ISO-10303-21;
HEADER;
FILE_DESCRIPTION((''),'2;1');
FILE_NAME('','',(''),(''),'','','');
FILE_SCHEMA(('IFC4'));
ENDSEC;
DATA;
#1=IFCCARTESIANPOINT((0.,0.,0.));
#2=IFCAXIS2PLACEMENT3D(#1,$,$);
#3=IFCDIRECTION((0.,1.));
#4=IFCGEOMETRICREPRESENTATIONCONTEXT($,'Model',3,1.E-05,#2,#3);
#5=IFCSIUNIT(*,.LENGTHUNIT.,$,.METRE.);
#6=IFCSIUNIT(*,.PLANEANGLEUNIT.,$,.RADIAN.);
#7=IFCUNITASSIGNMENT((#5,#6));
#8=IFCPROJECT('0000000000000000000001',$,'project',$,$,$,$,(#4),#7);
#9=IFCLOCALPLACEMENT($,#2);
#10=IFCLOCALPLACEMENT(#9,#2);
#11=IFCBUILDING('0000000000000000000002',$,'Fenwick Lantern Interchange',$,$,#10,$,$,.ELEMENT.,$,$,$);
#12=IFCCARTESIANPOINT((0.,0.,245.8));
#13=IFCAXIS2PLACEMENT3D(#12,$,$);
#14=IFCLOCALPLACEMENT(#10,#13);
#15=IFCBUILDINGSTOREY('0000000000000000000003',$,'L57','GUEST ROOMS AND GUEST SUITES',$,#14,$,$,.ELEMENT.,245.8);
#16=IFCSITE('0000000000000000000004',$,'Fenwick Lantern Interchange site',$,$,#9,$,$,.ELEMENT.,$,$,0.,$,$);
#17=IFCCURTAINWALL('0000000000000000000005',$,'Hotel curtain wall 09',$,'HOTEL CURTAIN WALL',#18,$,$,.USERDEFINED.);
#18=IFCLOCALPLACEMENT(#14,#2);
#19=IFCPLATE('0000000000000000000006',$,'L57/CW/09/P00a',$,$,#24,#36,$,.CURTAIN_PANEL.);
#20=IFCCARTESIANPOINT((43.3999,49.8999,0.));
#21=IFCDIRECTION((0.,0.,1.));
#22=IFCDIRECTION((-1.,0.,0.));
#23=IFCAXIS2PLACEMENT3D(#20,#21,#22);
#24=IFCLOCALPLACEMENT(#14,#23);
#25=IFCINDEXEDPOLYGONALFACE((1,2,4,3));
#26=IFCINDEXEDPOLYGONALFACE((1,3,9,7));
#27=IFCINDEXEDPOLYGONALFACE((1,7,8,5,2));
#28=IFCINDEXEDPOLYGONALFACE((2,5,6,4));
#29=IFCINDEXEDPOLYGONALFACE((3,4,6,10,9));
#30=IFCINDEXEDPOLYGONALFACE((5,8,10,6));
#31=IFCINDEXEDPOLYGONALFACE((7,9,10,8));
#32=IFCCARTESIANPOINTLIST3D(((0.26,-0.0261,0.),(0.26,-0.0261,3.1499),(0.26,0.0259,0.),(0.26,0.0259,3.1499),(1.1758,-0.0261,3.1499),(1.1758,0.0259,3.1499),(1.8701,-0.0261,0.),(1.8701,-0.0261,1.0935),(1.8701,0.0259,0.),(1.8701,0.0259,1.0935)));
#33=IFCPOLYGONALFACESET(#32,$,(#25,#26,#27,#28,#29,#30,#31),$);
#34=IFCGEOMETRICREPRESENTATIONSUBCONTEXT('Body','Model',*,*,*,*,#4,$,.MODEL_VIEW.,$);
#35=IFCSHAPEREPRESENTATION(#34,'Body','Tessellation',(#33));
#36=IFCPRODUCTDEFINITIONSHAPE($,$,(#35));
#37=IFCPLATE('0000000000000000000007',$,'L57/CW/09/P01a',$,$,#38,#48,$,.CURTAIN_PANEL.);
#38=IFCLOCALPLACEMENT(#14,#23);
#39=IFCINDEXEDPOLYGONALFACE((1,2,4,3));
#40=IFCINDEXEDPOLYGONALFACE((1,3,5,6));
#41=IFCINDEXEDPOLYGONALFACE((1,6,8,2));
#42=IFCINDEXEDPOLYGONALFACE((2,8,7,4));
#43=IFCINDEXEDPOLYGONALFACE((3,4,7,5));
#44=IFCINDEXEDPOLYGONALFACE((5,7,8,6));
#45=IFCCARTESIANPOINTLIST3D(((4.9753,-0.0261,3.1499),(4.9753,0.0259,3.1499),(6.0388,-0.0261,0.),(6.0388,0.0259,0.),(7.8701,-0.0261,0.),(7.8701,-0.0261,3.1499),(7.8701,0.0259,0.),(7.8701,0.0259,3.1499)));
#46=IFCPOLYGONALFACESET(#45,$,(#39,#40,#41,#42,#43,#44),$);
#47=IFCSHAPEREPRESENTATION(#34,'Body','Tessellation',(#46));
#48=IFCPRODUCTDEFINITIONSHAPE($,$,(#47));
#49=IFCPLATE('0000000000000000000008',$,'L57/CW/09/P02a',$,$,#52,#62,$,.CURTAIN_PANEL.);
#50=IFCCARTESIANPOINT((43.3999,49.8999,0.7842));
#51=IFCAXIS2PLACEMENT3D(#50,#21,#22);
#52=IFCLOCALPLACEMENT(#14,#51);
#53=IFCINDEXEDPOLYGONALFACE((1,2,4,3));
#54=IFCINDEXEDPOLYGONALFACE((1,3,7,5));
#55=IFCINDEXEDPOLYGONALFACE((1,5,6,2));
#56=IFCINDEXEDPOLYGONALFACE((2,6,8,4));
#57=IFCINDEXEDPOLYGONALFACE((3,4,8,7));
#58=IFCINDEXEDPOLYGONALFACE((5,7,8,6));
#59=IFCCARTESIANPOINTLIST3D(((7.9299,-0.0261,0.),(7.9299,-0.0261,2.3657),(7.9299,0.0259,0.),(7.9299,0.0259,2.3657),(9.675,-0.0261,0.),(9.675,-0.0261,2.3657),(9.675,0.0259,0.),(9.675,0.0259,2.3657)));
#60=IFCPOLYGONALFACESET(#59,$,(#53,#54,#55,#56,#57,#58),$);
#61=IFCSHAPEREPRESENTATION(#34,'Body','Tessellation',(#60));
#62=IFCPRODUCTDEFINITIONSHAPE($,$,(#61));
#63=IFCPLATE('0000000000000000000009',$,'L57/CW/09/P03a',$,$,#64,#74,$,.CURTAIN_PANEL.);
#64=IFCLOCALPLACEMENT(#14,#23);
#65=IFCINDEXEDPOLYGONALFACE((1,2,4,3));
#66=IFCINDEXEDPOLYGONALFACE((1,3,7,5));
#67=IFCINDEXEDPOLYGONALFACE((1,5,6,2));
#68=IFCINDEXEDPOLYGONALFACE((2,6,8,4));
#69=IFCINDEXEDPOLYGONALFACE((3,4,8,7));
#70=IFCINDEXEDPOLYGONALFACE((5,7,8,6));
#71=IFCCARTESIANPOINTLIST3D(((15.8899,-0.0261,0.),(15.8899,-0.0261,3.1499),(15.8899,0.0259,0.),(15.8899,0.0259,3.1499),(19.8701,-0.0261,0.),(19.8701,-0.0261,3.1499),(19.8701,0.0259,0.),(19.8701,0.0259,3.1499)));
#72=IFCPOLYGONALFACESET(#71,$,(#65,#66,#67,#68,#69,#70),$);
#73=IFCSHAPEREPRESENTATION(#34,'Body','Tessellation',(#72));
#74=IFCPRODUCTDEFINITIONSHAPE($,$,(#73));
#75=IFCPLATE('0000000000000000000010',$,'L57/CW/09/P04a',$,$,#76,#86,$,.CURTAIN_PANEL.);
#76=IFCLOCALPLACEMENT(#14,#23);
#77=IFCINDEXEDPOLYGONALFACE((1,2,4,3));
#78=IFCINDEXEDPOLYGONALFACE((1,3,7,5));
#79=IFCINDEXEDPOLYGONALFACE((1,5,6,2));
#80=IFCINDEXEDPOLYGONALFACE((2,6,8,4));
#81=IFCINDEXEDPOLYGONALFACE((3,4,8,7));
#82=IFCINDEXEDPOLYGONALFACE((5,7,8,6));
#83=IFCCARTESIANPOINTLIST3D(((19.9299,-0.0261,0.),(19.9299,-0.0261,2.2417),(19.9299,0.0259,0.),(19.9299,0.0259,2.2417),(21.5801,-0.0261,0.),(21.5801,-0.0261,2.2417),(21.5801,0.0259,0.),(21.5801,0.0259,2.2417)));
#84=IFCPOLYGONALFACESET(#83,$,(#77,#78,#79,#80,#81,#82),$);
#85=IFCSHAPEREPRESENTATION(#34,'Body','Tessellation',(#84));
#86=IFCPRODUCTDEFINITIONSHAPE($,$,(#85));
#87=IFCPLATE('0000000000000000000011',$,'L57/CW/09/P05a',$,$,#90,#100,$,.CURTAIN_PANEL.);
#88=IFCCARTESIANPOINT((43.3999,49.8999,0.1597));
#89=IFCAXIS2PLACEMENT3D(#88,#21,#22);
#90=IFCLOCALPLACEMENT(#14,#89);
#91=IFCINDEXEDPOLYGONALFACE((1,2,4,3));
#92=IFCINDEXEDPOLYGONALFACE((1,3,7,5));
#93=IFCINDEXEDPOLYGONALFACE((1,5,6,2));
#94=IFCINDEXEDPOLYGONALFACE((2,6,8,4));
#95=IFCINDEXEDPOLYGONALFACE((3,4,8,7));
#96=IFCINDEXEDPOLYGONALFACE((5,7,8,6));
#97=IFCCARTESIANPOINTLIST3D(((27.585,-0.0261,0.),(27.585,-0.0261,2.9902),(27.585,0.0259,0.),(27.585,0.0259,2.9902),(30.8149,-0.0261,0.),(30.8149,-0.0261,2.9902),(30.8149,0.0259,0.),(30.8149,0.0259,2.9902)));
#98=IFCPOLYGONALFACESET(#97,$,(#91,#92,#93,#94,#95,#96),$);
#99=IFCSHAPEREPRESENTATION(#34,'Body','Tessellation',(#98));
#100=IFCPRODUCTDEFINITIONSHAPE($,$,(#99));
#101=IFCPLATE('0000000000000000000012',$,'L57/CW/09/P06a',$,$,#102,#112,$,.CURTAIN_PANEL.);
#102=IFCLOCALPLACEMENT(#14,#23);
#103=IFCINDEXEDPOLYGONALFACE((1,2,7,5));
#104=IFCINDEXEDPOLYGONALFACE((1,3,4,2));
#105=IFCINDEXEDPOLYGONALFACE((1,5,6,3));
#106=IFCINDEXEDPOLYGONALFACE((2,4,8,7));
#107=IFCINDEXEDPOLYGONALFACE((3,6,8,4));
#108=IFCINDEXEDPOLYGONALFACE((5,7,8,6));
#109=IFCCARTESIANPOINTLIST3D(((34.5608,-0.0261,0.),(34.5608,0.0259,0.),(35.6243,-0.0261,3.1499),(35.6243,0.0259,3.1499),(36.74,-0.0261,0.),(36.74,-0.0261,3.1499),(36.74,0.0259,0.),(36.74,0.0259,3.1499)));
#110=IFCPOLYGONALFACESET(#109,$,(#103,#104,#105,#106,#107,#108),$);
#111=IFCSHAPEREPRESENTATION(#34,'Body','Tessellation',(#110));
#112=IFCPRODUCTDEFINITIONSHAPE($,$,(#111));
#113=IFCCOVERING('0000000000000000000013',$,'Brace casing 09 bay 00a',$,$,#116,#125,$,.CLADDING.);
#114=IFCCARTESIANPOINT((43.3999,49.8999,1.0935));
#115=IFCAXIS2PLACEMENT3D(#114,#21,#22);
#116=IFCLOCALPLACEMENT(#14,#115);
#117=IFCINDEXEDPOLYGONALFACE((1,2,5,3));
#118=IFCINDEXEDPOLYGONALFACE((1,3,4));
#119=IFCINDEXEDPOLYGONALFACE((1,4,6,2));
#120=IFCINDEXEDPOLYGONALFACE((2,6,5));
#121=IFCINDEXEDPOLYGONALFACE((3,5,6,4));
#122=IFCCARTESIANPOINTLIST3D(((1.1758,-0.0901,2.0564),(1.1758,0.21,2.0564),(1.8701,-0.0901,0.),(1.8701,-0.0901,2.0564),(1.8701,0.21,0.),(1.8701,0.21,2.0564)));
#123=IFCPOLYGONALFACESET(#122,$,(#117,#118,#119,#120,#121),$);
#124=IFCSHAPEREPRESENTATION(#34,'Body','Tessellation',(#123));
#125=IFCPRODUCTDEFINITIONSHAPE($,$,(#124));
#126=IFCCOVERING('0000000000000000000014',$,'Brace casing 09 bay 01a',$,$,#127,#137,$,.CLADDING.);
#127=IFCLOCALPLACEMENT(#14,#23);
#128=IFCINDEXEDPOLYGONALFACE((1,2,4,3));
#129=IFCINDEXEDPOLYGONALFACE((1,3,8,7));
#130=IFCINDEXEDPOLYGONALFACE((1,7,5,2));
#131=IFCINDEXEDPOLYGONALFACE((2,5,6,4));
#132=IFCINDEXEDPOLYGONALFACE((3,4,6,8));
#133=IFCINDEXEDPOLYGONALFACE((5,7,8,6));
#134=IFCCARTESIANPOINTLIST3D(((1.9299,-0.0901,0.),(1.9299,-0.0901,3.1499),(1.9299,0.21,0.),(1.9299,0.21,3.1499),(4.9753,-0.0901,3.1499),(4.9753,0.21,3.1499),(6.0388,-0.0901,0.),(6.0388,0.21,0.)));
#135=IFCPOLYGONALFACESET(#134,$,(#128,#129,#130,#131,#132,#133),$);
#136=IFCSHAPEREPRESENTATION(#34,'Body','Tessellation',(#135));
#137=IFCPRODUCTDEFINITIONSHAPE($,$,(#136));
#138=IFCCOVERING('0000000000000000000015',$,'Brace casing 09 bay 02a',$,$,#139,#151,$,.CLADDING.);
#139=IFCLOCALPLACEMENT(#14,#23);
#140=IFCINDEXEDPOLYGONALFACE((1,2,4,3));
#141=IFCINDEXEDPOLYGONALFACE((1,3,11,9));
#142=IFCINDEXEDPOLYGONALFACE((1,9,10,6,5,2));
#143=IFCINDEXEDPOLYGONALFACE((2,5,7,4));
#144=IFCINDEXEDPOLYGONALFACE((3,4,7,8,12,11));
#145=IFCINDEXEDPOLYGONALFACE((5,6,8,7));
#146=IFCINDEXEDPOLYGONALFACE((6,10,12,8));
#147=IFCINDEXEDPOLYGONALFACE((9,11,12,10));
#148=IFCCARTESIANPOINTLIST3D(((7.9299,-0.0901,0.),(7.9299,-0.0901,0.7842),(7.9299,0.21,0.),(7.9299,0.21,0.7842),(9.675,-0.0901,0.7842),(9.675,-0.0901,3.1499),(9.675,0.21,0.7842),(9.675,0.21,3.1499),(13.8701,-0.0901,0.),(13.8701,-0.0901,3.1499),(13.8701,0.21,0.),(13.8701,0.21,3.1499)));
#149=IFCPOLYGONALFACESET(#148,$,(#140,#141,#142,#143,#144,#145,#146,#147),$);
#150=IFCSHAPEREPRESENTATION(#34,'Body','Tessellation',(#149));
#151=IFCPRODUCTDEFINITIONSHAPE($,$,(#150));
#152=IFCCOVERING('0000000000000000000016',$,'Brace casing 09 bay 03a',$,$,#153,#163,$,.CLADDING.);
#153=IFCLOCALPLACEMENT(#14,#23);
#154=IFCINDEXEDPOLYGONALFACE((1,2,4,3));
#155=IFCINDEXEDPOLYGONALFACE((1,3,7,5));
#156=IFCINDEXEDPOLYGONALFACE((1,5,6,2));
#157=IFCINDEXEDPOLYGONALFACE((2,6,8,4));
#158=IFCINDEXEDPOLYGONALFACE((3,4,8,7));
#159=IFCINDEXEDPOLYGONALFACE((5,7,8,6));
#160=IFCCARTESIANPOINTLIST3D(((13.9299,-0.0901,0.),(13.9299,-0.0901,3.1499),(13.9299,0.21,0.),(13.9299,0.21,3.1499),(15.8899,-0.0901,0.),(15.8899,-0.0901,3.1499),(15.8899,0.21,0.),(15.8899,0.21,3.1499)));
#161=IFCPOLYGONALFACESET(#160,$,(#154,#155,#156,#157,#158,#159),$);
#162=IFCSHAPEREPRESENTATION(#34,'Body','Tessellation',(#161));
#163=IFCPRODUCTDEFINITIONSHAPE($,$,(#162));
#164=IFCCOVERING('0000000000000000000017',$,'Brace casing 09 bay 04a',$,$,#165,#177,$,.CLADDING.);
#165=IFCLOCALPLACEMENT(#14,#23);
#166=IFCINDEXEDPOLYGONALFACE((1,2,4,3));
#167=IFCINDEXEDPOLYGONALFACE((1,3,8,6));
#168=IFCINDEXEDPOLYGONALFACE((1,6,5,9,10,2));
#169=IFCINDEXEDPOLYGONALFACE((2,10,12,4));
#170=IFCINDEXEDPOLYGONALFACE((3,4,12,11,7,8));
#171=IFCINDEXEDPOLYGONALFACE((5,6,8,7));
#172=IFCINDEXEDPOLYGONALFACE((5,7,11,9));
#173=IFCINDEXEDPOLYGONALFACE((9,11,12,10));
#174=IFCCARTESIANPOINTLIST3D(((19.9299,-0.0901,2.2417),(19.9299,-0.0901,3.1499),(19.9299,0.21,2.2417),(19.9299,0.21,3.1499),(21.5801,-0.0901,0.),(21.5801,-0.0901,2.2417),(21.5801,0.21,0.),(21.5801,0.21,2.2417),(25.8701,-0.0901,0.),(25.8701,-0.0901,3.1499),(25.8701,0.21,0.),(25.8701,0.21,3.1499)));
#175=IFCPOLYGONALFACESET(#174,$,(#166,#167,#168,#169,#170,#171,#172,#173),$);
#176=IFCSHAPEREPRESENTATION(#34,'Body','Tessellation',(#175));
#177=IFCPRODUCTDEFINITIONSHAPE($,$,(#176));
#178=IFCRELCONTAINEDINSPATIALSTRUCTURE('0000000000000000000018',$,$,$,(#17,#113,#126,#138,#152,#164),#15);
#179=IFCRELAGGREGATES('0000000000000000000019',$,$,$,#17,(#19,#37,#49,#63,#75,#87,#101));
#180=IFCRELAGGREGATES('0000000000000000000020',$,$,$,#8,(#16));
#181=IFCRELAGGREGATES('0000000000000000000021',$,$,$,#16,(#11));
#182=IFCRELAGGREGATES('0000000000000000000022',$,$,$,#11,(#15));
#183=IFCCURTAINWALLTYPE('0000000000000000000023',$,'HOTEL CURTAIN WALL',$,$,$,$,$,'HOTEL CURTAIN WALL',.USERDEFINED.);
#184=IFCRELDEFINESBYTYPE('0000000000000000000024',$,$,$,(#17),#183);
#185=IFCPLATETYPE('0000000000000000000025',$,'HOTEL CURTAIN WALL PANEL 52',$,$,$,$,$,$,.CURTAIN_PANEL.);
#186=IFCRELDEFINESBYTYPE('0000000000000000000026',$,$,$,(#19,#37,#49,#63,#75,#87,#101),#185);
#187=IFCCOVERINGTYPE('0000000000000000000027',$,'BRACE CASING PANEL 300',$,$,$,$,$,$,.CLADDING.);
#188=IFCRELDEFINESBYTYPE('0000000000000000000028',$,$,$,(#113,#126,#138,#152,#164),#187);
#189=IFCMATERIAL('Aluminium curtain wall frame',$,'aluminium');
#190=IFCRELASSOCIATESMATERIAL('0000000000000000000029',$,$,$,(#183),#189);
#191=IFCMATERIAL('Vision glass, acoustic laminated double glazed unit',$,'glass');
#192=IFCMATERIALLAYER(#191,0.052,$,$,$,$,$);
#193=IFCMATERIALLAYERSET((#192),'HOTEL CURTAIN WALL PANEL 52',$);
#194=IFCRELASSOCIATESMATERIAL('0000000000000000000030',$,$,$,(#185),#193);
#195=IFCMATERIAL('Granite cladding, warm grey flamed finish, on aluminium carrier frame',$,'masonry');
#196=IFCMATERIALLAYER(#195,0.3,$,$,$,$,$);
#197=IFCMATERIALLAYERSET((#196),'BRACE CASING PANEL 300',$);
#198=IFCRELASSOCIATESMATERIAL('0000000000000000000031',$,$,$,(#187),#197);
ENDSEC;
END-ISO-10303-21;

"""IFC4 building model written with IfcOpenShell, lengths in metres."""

from ifc_helpers import new_model, si_unit, direction, frame, origin, place, context, subcontext, project, spatial, polyline, outline, extrude, material, layer, layer_set, type_object, element, aggregate, save


model = new_model("IFC4")

# Units and contexts
model_context = context("Model", 3, precision=1e-05, world=origin(), true_north=direction((0.0, 1.0)))
body_context = subcontext(model_context, "Body", "Model", "MODEL_VIEW")
ifc_project = project(units=[si_unit("LENGTHUNIT", "METRE"), si_unit("PLANEANGLEUNIT", "RADIAN")], contexts=[model_context])

# Site, building, storey
site_placement = place(None, origin())
site = spatial("IfcSite", under=ifc_project, at=site_placement, Name="Fenwick Lantern Interchange site", CompositionType="ELEMENT", RefElevation=0.0)
building_placement = place(site_placement, origin())
building = spatial("IfcBuilding", under=site, at=building_placement, Name="Fenwick Lantern Interchange", CompositionType="ELEMENT")
storey_placement = place(building_placement, frame((0.0, 0.0, 245.8)))
storey = spatial("IfcBuildingStorey", under=building, at=storey_placement, Name="L57", Description="GUEST ROOMS AND GUEST SUITES", CompositionType="ELEMENT", Elevation=245.8)

# Curtain wall
ifc_material_1 = material(Name="Aluminium curtain wall frame", Category="aluminium")
curtain_wall_type = type_object("IfcCurtainWallType", Name="HOTEL CURTAIN WALL", ElementType="HOTEL CURTAIN WALL", PredefinedType="USERDEFINED", material=ifc_material_1)
curtain_wall_1_placement = place(storey_placement, origin())
curtain_wall_1 = element("IfcCurtainWall", 1, at=curtain_wall_1_placement, inside=storey, type_object=curtain_wall_type, Name="Hotel curtain wall 09", ObjectType="HOTEL CURTAIN WALL", PredefinedType="USERDEFINED")

# Plates
ifc_material_2 = material(Name="Vision glass, acoustic laminated double glazed unit", Category="glass")
ifc_layer_1 = layer(ifc_material_2, 0.052)
ifc_layer_set_1 = layer_set([ifc_layer_1], Name="HOTEL CURTAIN WALL PANEL 52")
plate_type = type_object("IfcPlateType", Name="HOTEL CURTAIN WALL PANEL 52", PredefinedType="CURTAIN_PANEL", material=ifc_layer_set_1)
plate_1_placement = place(storey_placement, frame((43.3999, 49.8999, 0.0), z_axis=(0.0, 0.0, 1.0), x_axis=(-1.0, 0.0, 0.0)))
plate_1 = element("IfcPlate", 2, at=plate_1_placement, type_object=plate_type, Name="L57/CW/09/P00a", PredefinedType="CURTAIN_PANEL", context=body_context, shape_type="SweptSolid", body=[
    extrude(outline(polyline([(0.26, 0.0), (1.8701, 0.0), (1.8701, 1.0935), (1.1758, 3.1499), (0.26, 3.1499), (0.26, 0.0)])), frame((0.0, 0.0259, 0.0), z_axis=(0.0, -1.0, 0.0), x_axis=(1.0, 0.0, 0.0)), (0.0, 0.0, 1.0), 0.052),
])
plate_2_placement = place(storey_placement, frame((43.3999, 49.8999, 0.0), z_axis=(0.0, 0.0, 1.0), x_axis=(-1.0, 0.0, 0.0)))
plate_2 = element("IfcPlate", 3, at=plate_2_placement, type_object=plate_type, Name="L57/CW/09/P01a", PredefinedType="CURTAIN_PANEL", context=body_context, shape_type="SweptSolid", body=[
    extrude(outline(polyline([(6.0388, 0.0), (7.8701, 0.0), (7.8701, 3.1499), (4.9753, 3.1499), (6.0388, 0.0)])), frame((0.0, 0.0259, 0.0), z_axis=(0.0, -1.0, 0.0), x_axis=(1.0, 0.0, 0.0)), (0.0, 0.0, 1.0), 0.052),
])
plate_3_placement = place(storey_placement, frame((43.3999, 49.8999, 0.7842), z_axis=(0.0, 0.0, 1.0), x_axis=(-1.0, 0.0, 0.0)))
plate_3 = element("IfcPlate", 4, at=plate_3_placement, type_object=plate_type, Name="L57/CW/09/P02a", PredefinedType="CURTAIN_PANEL", context=body_context, shape_type="SweptSolid", body=[
    extrude(outline(polyline([(7.9299, 0.0), (9.675, 0.0), (9.675, 2.3657), (7.9299, 2.3657), (7.9299, 0.0)])), frame((0.0, 0.0259, 0.0), z_axis=(0.0, -1.0, 0.0), x_axis=(1.0, 0.0, 0.0)), (0.0, 0.0, 1.0), 0.052),
])
plate_4_placement = place(storey_placement, frame((43.3999, 49.8999, 0.0), z_axis=(0.0, 0.0, 1.0), x_axis=(-1.0, 0.0, 0.0)))
plate_4 = element("IfcPlate", 5, at=plate_4_placement, type_object=plate_type, Name="L57/CW/09/P03a", PredefinedType="CURTAIN_PANEL", context=body_context, shape_type="SweptSolid", body=[
    extrude(outline(polyline([(15.8899, 0.0), (19.8701, 0.0), (19.8701, 3.1499), (15.8899, 3.1499), (15.8899, 0.0)])), frame((0.0, 0.0259, 0.0), z_axis=(0.0, -1.0, 0.0), x_axis=(1.0, 0.0, 0.0)), (0.0, 0.0, 1.0), 0.052),
])
plate_5_placement = place(storey_placement, frame((43.3999, 49.8999, 0.0), z_axis=(0.0, 0.0, 1.0), x_axis=(-1.0, 0.0, 0.0)))
plate_5 = element("IfcPlate", 6, at=plate_5_placement, type_object=plate_type, Name="L57/CW/09/P04a", PredefinedType="CURTAIN_PANEL", context=body_context, shape_type="SweptSolid", body=[
    extrude(outline(polyline([(19.9299, 0.0), (21.5801, 0.0), (21.5801, 2.2417), (19.9299, 2.2417), (19.9299, 0.0)])), frame((0.0, 0.0259, 0.0), z_axis=(0.0, -1.0, 0.0), x_axis=(1.0, 0.0, 0.0)), (0.0, 0.0, 1.0), 0.052),
])
plate_6_placement = place(storey_placement, frame((43.3999, 49.8999, 0.1597), z_axis=(0.0, 0.0, 1.0), x_axis=(-1.0, 0.0, 0.0)))
plate_6 = element("IfcPlate", 7, at=plate_6_placement, type_object=plate_type, Name="L57/CW/09/P05a", PredefinedType="CURTAIN_PANEL", context=body_context, shape_type="SweptSolid", body=[
    extrude(outline(polyline([(27.585, 0.0), (30.8149, 0.0), (30.8149, 2.9902), (27.585, 2.9902), (27.585, 0.0)])), frame((0.0, 0.0259, 0.0), z_axis=(0.0, -1.0, 0.0), x_axis=(1.0, 0.0, 0.0)), (0.0, 0.0, 1.0), 0.052),
])
plate_7_placement = place(storey_placement, frame((43.3999, 49.8999, 0.0), z_axis=(0.0, 0.0, 1.0), x_axis=(-1.0, 0.0, 0.0)))
plate_7 = element("IfcPlate", 8, at=plate_7_placement, type_object=plate_type, Name="L57/CW/09/P06a", PredefinedType="CURTAIN_PANEL", context=body_context, shape_type="SweptSolid", body=[
    extrude(outline(polyline([(34.5608, 0.0), (36.74, 0.0), (36.74, 3.1499), (35.6243, 3.1499), (34.5608, 0.0)])), frame((0.0, 0.0259, 0.0), z_axis=(0.0, -1.0, 0.0), x_axis=(1.0, 0.0, 0.0)), (0.0, 0.0, 1.0), 0.052),
])
aggregate(curtain_wall_1, [plate_1, plate_2, plate_3, plate_4, plate_5, plate_6, plate_7])

# Coverings
ifc_material_3 = material(Name="Granite cladding, warm grey flamed finish, on aluminium carrier frame", Category="masonry")
ifc_layer_2 = layer(ifc_material_3, 0.3)
ifc_layer_set_2 = layer_set([ifc_layer_2], Name="BRACE CASING PANEL 300")
covering_type = type_object("IfcCoveringType", Name="BRACE CASING PANEL 300", PredefinedType="CLADDING", material=ifc_layer_set_2)
covering_1_placement = place(storey_placement, frame((43.3999, 49.8999, 1.0935), z_axis=(0.0, 0.0, 1.0), x_axis=(-1.0, 0.0, 0.0)))
element("IfcCovering", 9, at=covering_1_placement, inside=storey, type_object=covering_type, Name="Brace casing 09 bay 00a", PredefinedType="CLADDING", context=body_context, shape_type="SweptSolid", body=[
    extrude(outline(polyline([(1.8701, 0.0), (1.8701, 2.0564), (1.1758, 2.0564), (1.8701, 0.0)])), frame((0.0, 0.21, 0.0), z_axis=(0.0, -1.0, 0.0), x_axis=(1.0, 0.0, 0.0)), (0.0, 0.0, 1.0), 0.3),
])
covering_2_placement = place(storey_placement, frame((43.3999, 49.8999, 0.0), z_axis=(0.0, 0.0, 1.0), x_axis=(-1.0, 0.0, 0.0)))
element("IfcCovering", 10, at=covering_2_placement, inside=storey, type_object=covering_type, Name="Brace casing 09 bay 01a", PredefinedType="CLADDING", context=body_context, shape_type="SweptSolid", body=[
    extrude(outline(polyline([(1.9299, 0.0), (6.0388, 0.0), (4.9753, 3.1499), (1.9299, 3.1499), (1.9299, 0.0)])), frame((0.0, 0.21, 0.0), z_axis=(0.0, -1.0, 0.0), x_axis=(1.0, 0.0, 0.0)), (0.0, 0.0, 1.0), 0.3),
])
covering_3_placement = place(storey_placement, frame((43.3999, 49.8999, 0.0), z_axis=(0.0, 0.0, 1.0), x_axis=(-1.0, 0.0, 0.0)))
element("IfcCovering", 11, at=covering_3_placement, inside=storey, type_object=covering_type, Name="Brace casing 09 bay 02a", PredefinedType="CLADDING", context=body_context, shape_type="SweptSolid", body=[
    extrude(outline(polyline([(7.9299, 0.0), (13.8701, 0.0), (13.8701, 3.1499), (9.675, 3.1499), (9.675, 0.7842), (7.9299, 0.7842), (7.9299, 0.0)])), frame((0.0, 0.21, 0.0), z_axis=(0.0, -1.0, 0.0), x_axis=(1.0, 0.0, 0.0)), (0.0, 0.0, 1.0), 0.3),
])
covering_4_placement = place(storey_placement, frame((43.3999, 49.8999, 0.0), z_axis=(0.0, 0.0, 1.0), x_axis=(-1.0, 0.0, 0.0)))
element("IfcCovering", 12, at=covering_4_placement, inside=storey, type_object=covering_type, Name="Brace casing 09 bay 03a", PredefinedType="CLADDING", context=body_context, shape_type="SweptSolid", body=[
    extrude(outline(polyline([(13.9299, 0.0), (15.8899, 0.0), (15.8899, 3.1499), (13.9299, 3.1499), (13.9299, 0.0)])), frame((0.0, 0.21, 0.0), z_axis=(0.0, -1.0, 0.0), x_axis=(1.0, 0.0, 0.0)), (0.0, 0.0, 1.0), 0.3),
])
covering_5_placement = place(storey_placement, frame((43.3999, 49.8999, 0.0), z_axis=(0.0, 0.0, 1.0), x_axis=(-1.0, 0.0, 0.0)))
element("IfcCovering", 13, at=covering_5_placement, inside=storey, type_object=covering_type, Name="Brace casing 09 bay 04a", PredefinedType="CLADDING", context=body_context, shape_type="SweptSolid", body=[
    extrude(outline(polyline([(21.5801, 0.0), (25.8701, 0.0), (25.8701, 3.1499), (19.9299, 3.1499), (19.9299, 2.2417), (21.5801, 2.2417), (21.5801, 0.0)])), frame((0.0, 0.21, 0.0), z_axis=(0.0, -1.0, 0.0), x_axis=(1.0, 0.0, 0.0)), (0.0, 0.0, 1.0), 0.3),
])

save(model, "model.ifc")
